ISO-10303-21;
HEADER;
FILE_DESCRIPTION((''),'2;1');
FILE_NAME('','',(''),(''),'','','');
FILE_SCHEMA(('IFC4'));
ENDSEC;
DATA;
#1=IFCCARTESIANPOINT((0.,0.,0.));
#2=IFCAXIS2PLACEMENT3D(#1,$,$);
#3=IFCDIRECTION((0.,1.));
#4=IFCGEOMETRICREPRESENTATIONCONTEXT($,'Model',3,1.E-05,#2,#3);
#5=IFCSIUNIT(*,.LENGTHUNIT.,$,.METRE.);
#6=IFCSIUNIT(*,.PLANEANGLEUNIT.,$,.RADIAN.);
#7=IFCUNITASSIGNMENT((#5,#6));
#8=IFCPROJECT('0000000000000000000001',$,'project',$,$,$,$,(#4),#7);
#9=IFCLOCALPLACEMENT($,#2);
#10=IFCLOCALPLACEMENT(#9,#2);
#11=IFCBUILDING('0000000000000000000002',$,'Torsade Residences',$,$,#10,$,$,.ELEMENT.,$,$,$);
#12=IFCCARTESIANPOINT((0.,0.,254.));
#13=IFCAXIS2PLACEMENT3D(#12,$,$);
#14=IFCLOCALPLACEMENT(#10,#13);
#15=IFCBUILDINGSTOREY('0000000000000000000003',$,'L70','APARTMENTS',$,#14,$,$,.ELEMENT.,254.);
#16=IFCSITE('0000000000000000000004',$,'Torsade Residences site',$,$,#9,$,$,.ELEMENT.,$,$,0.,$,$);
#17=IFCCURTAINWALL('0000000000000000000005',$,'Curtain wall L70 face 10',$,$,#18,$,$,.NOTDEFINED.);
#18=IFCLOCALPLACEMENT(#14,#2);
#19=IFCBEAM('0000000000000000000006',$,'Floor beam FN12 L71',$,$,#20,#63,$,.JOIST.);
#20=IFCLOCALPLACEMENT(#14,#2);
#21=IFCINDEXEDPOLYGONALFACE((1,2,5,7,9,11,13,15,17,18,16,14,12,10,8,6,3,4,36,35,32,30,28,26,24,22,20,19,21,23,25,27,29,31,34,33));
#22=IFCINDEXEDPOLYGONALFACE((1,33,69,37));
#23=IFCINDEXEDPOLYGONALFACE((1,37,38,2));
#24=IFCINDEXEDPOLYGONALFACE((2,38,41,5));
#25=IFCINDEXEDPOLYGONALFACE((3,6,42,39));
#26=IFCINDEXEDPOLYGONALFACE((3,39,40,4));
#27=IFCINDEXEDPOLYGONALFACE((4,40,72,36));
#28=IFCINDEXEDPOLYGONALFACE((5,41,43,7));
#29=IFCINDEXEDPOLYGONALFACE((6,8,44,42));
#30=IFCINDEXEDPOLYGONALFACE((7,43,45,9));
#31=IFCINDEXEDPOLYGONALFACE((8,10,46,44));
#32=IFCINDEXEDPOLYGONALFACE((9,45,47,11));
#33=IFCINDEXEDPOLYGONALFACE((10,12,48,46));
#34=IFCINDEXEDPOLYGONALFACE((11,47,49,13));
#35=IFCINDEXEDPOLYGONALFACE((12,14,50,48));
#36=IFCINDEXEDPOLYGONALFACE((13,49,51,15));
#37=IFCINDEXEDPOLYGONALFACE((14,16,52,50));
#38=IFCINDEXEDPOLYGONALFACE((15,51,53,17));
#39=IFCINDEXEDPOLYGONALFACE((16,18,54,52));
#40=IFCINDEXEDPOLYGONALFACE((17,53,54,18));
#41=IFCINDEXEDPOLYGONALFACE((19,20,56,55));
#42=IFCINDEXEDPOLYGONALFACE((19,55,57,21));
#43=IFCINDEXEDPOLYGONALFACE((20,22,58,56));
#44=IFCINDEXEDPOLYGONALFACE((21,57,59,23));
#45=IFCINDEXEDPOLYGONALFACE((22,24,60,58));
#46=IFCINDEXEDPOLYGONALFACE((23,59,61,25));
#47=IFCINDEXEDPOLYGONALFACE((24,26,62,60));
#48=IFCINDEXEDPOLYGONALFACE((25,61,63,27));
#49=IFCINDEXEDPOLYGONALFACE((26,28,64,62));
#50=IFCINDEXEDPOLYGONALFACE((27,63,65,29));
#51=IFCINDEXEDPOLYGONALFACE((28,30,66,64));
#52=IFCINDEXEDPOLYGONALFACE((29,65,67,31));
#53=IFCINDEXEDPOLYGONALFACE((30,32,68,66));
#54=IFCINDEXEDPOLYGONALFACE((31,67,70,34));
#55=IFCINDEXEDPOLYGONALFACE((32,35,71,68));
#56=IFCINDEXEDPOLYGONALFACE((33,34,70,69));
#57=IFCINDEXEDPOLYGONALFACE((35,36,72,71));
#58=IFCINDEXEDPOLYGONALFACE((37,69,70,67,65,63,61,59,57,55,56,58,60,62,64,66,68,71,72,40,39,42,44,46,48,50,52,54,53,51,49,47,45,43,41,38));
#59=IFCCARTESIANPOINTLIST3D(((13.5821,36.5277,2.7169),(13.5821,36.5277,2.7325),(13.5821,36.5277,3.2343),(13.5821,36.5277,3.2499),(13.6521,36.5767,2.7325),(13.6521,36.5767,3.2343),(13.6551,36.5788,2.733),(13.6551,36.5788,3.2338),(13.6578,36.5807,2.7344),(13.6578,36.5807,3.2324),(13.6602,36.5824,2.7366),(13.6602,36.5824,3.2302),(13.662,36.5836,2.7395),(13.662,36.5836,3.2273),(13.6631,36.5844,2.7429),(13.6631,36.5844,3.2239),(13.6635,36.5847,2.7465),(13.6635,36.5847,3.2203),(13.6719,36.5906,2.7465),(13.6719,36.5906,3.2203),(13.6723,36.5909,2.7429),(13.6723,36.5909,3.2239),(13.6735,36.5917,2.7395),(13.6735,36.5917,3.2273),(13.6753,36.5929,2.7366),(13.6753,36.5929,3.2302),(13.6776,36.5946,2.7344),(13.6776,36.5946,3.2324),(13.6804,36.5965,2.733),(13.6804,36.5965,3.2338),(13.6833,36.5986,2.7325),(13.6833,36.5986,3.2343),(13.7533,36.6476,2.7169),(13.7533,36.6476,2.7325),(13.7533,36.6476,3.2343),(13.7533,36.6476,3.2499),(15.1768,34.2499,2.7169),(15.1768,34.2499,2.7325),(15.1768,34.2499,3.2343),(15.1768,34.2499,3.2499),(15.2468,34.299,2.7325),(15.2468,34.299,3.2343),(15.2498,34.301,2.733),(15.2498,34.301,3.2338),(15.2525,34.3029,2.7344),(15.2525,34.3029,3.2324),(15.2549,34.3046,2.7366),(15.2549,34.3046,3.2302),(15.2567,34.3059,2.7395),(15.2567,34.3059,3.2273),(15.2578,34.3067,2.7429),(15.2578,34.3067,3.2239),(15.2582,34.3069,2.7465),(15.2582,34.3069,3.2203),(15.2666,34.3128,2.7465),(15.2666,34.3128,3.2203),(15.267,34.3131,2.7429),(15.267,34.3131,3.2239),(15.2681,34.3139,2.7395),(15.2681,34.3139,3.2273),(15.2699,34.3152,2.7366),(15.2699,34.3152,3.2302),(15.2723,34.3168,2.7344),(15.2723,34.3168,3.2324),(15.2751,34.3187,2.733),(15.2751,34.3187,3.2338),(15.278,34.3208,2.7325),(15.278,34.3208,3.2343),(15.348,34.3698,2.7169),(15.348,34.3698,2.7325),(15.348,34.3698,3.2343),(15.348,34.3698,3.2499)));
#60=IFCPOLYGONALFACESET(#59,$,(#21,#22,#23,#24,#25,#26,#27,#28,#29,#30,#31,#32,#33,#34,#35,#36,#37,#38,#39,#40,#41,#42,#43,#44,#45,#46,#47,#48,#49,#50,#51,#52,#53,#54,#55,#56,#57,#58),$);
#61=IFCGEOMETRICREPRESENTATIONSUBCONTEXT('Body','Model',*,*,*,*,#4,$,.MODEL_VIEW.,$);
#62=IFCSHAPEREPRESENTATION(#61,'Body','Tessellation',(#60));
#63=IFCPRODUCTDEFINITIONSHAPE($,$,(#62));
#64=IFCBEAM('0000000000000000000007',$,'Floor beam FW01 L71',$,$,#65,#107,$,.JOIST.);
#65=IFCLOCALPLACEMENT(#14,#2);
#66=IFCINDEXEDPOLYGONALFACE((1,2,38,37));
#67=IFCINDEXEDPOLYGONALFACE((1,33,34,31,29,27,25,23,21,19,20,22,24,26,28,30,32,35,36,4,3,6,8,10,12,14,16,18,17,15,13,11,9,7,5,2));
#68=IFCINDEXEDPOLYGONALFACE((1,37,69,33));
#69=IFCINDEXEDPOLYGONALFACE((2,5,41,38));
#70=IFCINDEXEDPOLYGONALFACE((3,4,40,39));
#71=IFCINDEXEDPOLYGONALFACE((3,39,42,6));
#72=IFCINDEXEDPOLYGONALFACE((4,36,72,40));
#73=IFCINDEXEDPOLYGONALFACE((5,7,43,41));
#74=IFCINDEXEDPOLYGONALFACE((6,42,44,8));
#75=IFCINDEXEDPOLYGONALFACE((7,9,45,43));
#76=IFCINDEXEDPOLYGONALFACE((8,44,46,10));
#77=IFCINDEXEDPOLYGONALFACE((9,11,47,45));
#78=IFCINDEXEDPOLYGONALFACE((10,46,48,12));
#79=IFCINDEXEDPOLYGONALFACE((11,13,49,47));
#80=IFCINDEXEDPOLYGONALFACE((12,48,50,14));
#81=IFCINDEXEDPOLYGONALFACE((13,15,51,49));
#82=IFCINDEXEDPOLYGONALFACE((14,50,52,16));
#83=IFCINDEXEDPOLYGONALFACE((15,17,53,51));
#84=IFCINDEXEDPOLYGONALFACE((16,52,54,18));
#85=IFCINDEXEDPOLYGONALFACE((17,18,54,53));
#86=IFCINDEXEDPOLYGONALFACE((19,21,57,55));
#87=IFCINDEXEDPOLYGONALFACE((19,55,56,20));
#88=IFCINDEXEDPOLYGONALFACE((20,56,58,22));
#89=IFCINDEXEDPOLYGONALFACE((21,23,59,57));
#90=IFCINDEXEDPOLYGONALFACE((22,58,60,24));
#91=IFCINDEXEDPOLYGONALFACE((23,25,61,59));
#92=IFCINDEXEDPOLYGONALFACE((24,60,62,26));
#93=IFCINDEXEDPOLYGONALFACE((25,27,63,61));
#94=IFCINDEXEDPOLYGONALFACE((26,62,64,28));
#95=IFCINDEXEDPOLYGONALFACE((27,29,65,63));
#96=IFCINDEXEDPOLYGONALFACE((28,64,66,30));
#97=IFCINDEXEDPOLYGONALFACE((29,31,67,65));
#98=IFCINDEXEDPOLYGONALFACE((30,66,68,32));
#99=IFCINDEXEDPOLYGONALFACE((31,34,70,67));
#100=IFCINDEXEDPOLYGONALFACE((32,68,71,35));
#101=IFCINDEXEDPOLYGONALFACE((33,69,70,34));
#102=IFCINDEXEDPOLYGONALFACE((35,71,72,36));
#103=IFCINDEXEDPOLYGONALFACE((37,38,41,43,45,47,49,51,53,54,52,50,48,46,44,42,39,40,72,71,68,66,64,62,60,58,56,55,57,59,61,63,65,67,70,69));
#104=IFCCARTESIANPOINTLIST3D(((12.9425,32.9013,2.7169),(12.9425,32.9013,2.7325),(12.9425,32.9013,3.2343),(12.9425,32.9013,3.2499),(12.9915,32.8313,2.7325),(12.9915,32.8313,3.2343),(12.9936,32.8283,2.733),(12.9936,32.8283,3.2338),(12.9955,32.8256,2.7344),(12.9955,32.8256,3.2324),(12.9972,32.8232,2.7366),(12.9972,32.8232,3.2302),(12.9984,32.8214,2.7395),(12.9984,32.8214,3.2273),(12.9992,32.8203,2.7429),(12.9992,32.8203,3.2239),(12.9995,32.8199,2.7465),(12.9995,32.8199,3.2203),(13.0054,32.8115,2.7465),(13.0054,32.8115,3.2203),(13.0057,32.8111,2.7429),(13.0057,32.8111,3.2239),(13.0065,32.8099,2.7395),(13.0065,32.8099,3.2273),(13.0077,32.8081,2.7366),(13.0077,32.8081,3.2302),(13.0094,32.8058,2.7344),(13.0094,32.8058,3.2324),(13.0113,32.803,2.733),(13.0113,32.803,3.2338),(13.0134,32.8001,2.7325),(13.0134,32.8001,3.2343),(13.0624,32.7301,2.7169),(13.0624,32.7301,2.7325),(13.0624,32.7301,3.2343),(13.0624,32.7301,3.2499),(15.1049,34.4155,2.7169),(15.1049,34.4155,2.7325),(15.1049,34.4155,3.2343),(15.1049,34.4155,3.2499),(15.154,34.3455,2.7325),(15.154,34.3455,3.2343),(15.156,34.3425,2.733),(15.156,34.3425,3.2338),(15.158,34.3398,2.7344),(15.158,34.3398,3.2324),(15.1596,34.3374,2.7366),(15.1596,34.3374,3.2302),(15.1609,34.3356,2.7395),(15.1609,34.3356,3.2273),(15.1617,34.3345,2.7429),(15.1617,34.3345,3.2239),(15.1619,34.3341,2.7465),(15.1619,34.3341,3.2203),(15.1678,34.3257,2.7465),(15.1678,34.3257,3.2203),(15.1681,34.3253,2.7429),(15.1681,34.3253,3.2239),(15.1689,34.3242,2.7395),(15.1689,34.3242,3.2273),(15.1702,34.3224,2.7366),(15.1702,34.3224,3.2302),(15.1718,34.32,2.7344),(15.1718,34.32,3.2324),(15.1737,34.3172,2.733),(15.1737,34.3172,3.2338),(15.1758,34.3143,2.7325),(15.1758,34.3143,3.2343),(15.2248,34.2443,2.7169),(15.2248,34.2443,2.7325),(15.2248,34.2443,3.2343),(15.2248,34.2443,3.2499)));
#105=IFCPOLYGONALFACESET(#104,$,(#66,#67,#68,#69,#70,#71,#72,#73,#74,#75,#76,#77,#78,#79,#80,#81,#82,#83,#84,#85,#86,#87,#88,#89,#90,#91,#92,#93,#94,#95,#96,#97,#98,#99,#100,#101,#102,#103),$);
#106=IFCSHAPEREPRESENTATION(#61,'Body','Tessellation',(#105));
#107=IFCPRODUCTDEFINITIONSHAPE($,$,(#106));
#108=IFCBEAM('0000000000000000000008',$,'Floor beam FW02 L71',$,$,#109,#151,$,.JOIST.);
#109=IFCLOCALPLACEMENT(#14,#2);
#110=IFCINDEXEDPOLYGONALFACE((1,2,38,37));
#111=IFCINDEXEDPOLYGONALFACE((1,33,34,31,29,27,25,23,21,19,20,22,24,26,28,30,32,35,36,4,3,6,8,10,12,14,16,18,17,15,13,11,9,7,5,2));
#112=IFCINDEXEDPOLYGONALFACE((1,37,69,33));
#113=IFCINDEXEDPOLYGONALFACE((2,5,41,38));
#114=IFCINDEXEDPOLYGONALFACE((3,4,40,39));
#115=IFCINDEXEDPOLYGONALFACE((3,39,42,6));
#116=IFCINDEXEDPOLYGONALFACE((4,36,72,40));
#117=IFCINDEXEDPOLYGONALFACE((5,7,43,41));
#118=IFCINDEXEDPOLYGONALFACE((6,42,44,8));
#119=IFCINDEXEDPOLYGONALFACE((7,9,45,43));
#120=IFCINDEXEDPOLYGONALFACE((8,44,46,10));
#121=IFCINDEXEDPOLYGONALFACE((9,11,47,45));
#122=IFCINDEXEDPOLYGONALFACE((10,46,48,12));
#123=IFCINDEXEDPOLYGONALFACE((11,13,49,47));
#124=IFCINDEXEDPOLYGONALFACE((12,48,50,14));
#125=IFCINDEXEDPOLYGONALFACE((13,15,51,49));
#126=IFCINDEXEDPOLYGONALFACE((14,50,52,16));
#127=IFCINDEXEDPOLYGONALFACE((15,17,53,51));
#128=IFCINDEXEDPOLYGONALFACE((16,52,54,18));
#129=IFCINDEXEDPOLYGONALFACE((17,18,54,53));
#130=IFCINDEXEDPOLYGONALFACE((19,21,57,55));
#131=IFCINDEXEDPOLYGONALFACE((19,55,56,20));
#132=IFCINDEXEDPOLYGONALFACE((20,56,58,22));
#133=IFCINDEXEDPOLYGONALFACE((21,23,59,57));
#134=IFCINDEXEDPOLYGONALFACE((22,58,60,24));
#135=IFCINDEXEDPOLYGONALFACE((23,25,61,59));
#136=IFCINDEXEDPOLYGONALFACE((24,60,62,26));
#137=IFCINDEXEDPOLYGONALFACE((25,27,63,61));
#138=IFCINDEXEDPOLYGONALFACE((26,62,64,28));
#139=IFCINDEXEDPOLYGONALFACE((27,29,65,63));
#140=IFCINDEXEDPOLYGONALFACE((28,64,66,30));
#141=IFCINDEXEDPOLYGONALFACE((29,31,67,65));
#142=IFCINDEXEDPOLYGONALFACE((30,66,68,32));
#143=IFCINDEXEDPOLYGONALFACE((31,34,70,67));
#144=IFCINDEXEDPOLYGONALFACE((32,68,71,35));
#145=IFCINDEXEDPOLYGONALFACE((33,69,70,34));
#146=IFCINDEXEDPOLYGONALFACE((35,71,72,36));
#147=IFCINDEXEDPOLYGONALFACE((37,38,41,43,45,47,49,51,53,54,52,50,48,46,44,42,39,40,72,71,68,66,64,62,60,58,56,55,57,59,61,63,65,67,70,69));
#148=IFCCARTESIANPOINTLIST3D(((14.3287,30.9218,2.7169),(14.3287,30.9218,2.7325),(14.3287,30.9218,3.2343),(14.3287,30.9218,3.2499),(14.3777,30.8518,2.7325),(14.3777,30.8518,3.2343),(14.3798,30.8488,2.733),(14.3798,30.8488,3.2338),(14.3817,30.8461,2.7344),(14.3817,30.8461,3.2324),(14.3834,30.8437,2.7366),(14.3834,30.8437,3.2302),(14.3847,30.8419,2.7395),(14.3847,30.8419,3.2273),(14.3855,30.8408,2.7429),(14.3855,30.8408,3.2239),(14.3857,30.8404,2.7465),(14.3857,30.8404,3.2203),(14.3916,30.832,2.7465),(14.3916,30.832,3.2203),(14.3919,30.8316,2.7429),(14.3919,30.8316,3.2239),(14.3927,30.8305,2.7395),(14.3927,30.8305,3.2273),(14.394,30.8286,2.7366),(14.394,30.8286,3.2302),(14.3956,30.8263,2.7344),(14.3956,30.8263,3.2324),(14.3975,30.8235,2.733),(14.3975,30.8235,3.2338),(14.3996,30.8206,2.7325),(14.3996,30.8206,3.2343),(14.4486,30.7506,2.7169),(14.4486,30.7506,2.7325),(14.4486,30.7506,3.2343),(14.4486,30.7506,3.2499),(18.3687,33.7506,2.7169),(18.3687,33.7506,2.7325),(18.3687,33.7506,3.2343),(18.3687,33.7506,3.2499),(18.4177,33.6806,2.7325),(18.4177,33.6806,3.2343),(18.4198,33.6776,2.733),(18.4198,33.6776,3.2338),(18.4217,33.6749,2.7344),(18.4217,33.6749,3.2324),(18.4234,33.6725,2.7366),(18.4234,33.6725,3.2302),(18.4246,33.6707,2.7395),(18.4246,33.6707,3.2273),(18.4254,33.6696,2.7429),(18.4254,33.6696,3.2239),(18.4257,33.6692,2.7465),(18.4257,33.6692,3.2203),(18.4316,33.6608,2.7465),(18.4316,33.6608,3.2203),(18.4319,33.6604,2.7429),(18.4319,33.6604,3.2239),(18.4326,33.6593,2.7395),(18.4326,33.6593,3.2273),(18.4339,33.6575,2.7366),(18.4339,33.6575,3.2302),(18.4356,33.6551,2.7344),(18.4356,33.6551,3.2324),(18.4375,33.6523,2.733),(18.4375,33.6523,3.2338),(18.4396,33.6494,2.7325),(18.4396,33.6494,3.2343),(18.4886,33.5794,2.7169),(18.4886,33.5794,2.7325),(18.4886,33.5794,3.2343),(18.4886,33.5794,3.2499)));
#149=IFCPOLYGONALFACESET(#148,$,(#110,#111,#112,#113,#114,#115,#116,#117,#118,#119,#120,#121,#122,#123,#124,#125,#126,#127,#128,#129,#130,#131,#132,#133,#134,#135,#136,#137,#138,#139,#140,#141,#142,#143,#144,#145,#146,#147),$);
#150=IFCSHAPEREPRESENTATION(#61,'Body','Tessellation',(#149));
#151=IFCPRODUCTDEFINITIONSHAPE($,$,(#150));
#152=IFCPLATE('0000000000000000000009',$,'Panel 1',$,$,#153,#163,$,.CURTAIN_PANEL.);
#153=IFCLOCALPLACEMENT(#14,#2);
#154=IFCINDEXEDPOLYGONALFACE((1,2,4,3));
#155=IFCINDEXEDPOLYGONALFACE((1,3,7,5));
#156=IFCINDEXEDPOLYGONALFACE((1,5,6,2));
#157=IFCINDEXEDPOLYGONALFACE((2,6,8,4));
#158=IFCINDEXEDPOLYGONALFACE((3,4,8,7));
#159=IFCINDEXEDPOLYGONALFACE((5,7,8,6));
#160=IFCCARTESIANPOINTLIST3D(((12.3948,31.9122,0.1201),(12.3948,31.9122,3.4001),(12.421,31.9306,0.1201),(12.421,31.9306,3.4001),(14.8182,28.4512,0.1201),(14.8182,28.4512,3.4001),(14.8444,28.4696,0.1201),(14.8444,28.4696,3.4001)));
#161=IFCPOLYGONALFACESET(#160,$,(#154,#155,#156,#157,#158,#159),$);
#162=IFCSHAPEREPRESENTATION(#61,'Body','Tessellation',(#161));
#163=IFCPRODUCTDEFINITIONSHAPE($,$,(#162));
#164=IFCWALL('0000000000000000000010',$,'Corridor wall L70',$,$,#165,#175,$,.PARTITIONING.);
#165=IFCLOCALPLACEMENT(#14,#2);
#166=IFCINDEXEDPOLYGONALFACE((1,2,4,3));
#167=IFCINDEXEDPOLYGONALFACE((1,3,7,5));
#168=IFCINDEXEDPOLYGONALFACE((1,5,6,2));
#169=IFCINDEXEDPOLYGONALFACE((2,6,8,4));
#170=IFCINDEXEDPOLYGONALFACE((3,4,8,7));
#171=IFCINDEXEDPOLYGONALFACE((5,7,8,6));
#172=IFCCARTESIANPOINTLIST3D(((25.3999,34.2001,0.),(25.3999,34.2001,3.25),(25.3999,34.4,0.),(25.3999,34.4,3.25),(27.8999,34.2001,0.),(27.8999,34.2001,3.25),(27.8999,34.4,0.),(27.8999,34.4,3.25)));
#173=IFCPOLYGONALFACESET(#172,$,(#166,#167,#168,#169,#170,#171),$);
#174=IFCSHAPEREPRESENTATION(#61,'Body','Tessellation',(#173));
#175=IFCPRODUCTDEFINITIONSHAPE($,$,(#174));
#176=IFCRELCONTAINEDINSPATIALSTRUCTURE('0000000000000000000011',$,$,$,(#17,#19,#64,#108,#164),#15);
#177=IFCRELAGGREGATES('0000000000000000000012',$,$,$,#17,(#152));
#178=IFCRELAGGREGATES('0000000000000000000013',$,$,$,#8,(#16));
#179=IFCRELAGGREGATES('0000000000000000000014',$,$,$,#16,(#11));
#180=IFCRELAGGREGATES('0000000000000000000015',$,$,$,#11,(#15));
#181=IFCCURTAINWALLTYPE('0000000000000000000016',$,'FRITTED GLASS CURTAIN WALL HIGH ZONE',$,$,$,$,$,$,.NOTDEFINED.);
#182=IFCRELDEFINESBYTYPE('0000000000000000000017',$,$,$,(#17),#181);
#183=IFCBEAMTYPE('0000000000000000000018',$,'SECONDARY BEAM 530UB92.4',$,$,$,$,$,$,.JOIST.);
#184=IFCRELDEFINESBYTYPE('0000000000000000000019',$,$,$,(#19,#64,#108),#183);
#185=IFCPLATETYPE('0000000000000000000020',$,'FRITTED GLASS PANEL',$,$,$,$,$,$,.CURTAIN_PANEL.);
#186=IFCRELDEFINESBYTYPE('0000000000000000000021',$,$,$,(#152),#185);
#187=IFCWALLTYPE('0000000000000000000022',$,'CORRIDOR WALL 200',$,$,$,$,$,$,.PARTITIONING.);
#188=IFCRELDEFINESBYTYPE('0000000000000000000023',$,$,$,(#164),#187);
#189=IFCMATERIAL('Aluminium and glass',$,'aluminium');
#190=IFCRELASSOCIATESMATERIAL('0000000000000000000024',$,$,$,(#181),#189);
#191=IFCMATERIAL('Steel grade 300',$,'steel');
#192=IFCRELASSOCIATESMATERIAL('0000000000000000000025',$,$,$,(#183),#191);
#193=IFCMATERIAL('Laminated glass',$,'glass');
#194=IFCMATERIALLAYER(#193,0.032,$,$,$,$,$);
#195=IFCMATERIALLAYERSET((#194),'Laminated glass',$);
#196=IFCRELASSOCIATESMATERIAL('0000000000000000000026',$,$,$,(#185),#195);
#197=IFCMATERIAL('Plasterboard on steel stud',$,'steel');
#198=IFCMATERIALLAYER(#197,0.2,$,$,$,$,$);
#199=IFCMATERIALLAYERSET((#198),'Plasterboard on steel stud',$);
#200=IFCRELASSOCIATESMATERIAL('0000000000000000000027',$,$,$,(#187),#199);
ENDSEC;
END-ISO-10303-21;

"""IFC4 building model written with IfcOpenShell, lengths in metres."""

from ifc_helpers import new_model, si_unit, direction, frame, frame_2d, origin, origin_2d, place, context, subcontext, project, spatial, rectangle, i_section, extrude, material, layer, layer_set, material_profile, profile_set, type_object, element, aggregate, save


model = new_model("IFC4")

# Units and contexts
model_context = context("Model", 3, precision=1e-05, world=origin(), true_north=direction((0.0, 1.0)))
body_context = subcontext(model_context, "Body", "Model", "MODEL_VIEW")
ifc_project = project(units=[si_unit("LENGTHUNIT", "METRE"), si_unit("PLANEANGLEUNIT", "RADIAN")], contexts=[model_context])

# Site, building, storey
site_placement = place(None, origin())
site = spatial("IfcSite", under=ifc_project, at=site_placement, Name="Torsade Residences site", CompositionType="ELEMENT", RefElevation=0.0)
building_placement = place(site_placement, origin())
building = spatial("IfcBuilding", under=site, at=building_placement, Name="Torsade Residences", CompositionType="ELEMENT")
storey_placement = place(building_placement, frame((0.0, 0.0, 254.0)))
storey = spatial("IfcBuildingStorey", under=building, at=storey_placement, Name="L70", Description="APARTMENTS", CompositionType="ELEMENT", Elevation=254.0)

# Curtain wall
ifc_material_1 = material(Name="Aluminium and glass", Category="aluminium")
curtain_wall_type = type_object("IfcCurtainWallType", Name="FRITTED GLASS CURTAIN WALL HIGH ZONE", PredefinedType="NOTDEFINED", material=ifc_material_1)
curtain_wall_placement = place(storey_placement, origin())
curtain_wall = element("IfcCurtainWall", 1, at=curtain_wall_placement, inside=storey, type_object=curtain_wall_type, Name="Curtain wall L70 face 10", PredefinedType="NOTDEFINED")

# Beams
ifc_material_2 = material(Name="Steel grade 300", Category="steel")
ifc_material_profile_1 = material_profile(ifc_material_2, i_section(OverallWidth=0.209, OverallDepth=0.533, WebThickness=0.0103, FlangeThickness=0.0156, FilletRadius=0.0139, at=origin_2d()), Name="530UB92.4")
ifc_profile_set_1 = profile_set([ifc_material_profile_1], Name="Steel grade 300")
beam_type_1 = type_object("IfcBeamType", Name="SECONDARY BEAM 530UB92.4", PredefinedType="JOIST", material=ifc_profile_set_1)
beam_1_placement = place(storey_placement, frame((13.6677, 36.5876, 2.9834), z_axis=(0.573521, -0.819191, 0.0), x_axis=(0.819191, 0.573521, 0.0)))
element("IfcBeam", 2, at=beam_1_placement, inside=storey, type_object=beam_type_1, Name="Floor beam FN12 L71", PredefinedType="JOIST", context=body_context, shape_type="SweptSolid", body=[
    extrude(i_section(OverallWidth=0.209, OverallDepth=0.533, WebThickness=0.0103, FlangeThickness=0.0156, FilletRadius=0.0139, at=origin_2d()), origin(), (0.0, 0.0, 1.0), 2.7805),
])
beam_2_placement = place(storey_placement, frame((13.0024, 32.8157, 2.9834), z_axis=(0.819141, 0.573593, 0.0), x_axis=(-0.573593, 0.819141, 0.0)))
element("IfcBeam", 3, at=beam_2_placement, inside=storey, type_object=beam_type_1, Name="Floor beam FW01 L71", PredefinedType="JOIST", context=body_context, shape_type="SweptSolid", body=[
    extrude(i_section(OverallWidth=0.209, OverallDepth=0.533, WebThickness=0.0103, FlangeThickness=0.0156, FilletRadius=0.0139, at=origin_2d()), origin(), (0.0, 0.0, 1.0), 2.6399),
])
beam_3_placement = place(storey_placement, frame((14.3887, 30.8362, 2.9834), z_axis=(0.819153, 0.573575, 0.0), x_axis=(-0.573575, 0.819153, 0.0)))
element("IfcBeam", 4, at=beam_3_placement, inside=storey, type_object=beam_type_1, Name="Floor beam FW02 L71", PredefinedType="JOIST", context=body_context, shape_type="SweptSolid", body=[
    extrude(i_section(OverallWidth=0.209, OverallDepth=0.533, WebThickness=0.0103, FlangeThickness=0.0156, FilletRadius=0.0139, at=origin_2d()), origin(), (0.0, 0.0, 1.0), 4.9319),
])

# Plate
ifc_material_3 = material(Name="Laminated glass", Category="glass")
ifc_layer_1 = layer(ifc_material_3, 0.032)
ifc_layer_set_1 = layer_set([ifc_layer_1], Name="Laminated glass")
plate_type = type_object("IfcPlateType", Name="FRITTED GLASS PANEL", PredefinedType="CURTAIN_PANEL", material=ifc_layer_set_1)
plate_placement = place(storey_placement, frame((13.6196, 30.1909, 0.1201), z_axis=(0.0, 0.0, 1.0), x_axis=(0.573576, -0.819152, 0.0)))
plate = element("IfcPlate", 5, at=plate_placement, type_object=plate_type, Name="Panel 1", PredefinedType="CURTAIN_PANEL", context=body_context, shape_type="SweptSolid", body=[
    extrude(rectangle(XDim=4.2251, YDim=0.032, at=origin_2d()), origin(), (0.0, 0.0, 1.0), 3.28),
])
aggregate(curtain_wall, [plate])

# Wall
ifc_material_4 = material(Name="Plasterboard on steel stud", Category="steel")
ifc_layer_2 = layer(ifc_material_4, 0.2)
ifc_layer_set_2 = layer_set([ifc_layer_2], Name="Plasterboard on steel stud")
wall_type_1 = type_object("IfcWallType", Name="CORRIDOR WALL 200", PredefinedType="PARTITIONING", material=ifc_layer_set_2)
wall_1_placement = place(storey_placement, frame((27.8999, 34.3, 0.0), z_axis=(0.0, 0.0, 1.0), x_axis=(-1.0, 0.0, 0.0)))
element("IfcWall", 6, at=wall_1_placement, inside=storey, type_object=wall_type_1, Name="Corridor wall L70", PredefinedType="PARTITIONING", context=body_context, shape_type="SweptSolid", body=[
    extrude(rectangle(XDim=2.5, YDim=0.2, at=frame_2d((1.25, 0.0))), origin(), (0.0, 0.0, 1.0), 3.25),
])

save(model, "model.ifc")
